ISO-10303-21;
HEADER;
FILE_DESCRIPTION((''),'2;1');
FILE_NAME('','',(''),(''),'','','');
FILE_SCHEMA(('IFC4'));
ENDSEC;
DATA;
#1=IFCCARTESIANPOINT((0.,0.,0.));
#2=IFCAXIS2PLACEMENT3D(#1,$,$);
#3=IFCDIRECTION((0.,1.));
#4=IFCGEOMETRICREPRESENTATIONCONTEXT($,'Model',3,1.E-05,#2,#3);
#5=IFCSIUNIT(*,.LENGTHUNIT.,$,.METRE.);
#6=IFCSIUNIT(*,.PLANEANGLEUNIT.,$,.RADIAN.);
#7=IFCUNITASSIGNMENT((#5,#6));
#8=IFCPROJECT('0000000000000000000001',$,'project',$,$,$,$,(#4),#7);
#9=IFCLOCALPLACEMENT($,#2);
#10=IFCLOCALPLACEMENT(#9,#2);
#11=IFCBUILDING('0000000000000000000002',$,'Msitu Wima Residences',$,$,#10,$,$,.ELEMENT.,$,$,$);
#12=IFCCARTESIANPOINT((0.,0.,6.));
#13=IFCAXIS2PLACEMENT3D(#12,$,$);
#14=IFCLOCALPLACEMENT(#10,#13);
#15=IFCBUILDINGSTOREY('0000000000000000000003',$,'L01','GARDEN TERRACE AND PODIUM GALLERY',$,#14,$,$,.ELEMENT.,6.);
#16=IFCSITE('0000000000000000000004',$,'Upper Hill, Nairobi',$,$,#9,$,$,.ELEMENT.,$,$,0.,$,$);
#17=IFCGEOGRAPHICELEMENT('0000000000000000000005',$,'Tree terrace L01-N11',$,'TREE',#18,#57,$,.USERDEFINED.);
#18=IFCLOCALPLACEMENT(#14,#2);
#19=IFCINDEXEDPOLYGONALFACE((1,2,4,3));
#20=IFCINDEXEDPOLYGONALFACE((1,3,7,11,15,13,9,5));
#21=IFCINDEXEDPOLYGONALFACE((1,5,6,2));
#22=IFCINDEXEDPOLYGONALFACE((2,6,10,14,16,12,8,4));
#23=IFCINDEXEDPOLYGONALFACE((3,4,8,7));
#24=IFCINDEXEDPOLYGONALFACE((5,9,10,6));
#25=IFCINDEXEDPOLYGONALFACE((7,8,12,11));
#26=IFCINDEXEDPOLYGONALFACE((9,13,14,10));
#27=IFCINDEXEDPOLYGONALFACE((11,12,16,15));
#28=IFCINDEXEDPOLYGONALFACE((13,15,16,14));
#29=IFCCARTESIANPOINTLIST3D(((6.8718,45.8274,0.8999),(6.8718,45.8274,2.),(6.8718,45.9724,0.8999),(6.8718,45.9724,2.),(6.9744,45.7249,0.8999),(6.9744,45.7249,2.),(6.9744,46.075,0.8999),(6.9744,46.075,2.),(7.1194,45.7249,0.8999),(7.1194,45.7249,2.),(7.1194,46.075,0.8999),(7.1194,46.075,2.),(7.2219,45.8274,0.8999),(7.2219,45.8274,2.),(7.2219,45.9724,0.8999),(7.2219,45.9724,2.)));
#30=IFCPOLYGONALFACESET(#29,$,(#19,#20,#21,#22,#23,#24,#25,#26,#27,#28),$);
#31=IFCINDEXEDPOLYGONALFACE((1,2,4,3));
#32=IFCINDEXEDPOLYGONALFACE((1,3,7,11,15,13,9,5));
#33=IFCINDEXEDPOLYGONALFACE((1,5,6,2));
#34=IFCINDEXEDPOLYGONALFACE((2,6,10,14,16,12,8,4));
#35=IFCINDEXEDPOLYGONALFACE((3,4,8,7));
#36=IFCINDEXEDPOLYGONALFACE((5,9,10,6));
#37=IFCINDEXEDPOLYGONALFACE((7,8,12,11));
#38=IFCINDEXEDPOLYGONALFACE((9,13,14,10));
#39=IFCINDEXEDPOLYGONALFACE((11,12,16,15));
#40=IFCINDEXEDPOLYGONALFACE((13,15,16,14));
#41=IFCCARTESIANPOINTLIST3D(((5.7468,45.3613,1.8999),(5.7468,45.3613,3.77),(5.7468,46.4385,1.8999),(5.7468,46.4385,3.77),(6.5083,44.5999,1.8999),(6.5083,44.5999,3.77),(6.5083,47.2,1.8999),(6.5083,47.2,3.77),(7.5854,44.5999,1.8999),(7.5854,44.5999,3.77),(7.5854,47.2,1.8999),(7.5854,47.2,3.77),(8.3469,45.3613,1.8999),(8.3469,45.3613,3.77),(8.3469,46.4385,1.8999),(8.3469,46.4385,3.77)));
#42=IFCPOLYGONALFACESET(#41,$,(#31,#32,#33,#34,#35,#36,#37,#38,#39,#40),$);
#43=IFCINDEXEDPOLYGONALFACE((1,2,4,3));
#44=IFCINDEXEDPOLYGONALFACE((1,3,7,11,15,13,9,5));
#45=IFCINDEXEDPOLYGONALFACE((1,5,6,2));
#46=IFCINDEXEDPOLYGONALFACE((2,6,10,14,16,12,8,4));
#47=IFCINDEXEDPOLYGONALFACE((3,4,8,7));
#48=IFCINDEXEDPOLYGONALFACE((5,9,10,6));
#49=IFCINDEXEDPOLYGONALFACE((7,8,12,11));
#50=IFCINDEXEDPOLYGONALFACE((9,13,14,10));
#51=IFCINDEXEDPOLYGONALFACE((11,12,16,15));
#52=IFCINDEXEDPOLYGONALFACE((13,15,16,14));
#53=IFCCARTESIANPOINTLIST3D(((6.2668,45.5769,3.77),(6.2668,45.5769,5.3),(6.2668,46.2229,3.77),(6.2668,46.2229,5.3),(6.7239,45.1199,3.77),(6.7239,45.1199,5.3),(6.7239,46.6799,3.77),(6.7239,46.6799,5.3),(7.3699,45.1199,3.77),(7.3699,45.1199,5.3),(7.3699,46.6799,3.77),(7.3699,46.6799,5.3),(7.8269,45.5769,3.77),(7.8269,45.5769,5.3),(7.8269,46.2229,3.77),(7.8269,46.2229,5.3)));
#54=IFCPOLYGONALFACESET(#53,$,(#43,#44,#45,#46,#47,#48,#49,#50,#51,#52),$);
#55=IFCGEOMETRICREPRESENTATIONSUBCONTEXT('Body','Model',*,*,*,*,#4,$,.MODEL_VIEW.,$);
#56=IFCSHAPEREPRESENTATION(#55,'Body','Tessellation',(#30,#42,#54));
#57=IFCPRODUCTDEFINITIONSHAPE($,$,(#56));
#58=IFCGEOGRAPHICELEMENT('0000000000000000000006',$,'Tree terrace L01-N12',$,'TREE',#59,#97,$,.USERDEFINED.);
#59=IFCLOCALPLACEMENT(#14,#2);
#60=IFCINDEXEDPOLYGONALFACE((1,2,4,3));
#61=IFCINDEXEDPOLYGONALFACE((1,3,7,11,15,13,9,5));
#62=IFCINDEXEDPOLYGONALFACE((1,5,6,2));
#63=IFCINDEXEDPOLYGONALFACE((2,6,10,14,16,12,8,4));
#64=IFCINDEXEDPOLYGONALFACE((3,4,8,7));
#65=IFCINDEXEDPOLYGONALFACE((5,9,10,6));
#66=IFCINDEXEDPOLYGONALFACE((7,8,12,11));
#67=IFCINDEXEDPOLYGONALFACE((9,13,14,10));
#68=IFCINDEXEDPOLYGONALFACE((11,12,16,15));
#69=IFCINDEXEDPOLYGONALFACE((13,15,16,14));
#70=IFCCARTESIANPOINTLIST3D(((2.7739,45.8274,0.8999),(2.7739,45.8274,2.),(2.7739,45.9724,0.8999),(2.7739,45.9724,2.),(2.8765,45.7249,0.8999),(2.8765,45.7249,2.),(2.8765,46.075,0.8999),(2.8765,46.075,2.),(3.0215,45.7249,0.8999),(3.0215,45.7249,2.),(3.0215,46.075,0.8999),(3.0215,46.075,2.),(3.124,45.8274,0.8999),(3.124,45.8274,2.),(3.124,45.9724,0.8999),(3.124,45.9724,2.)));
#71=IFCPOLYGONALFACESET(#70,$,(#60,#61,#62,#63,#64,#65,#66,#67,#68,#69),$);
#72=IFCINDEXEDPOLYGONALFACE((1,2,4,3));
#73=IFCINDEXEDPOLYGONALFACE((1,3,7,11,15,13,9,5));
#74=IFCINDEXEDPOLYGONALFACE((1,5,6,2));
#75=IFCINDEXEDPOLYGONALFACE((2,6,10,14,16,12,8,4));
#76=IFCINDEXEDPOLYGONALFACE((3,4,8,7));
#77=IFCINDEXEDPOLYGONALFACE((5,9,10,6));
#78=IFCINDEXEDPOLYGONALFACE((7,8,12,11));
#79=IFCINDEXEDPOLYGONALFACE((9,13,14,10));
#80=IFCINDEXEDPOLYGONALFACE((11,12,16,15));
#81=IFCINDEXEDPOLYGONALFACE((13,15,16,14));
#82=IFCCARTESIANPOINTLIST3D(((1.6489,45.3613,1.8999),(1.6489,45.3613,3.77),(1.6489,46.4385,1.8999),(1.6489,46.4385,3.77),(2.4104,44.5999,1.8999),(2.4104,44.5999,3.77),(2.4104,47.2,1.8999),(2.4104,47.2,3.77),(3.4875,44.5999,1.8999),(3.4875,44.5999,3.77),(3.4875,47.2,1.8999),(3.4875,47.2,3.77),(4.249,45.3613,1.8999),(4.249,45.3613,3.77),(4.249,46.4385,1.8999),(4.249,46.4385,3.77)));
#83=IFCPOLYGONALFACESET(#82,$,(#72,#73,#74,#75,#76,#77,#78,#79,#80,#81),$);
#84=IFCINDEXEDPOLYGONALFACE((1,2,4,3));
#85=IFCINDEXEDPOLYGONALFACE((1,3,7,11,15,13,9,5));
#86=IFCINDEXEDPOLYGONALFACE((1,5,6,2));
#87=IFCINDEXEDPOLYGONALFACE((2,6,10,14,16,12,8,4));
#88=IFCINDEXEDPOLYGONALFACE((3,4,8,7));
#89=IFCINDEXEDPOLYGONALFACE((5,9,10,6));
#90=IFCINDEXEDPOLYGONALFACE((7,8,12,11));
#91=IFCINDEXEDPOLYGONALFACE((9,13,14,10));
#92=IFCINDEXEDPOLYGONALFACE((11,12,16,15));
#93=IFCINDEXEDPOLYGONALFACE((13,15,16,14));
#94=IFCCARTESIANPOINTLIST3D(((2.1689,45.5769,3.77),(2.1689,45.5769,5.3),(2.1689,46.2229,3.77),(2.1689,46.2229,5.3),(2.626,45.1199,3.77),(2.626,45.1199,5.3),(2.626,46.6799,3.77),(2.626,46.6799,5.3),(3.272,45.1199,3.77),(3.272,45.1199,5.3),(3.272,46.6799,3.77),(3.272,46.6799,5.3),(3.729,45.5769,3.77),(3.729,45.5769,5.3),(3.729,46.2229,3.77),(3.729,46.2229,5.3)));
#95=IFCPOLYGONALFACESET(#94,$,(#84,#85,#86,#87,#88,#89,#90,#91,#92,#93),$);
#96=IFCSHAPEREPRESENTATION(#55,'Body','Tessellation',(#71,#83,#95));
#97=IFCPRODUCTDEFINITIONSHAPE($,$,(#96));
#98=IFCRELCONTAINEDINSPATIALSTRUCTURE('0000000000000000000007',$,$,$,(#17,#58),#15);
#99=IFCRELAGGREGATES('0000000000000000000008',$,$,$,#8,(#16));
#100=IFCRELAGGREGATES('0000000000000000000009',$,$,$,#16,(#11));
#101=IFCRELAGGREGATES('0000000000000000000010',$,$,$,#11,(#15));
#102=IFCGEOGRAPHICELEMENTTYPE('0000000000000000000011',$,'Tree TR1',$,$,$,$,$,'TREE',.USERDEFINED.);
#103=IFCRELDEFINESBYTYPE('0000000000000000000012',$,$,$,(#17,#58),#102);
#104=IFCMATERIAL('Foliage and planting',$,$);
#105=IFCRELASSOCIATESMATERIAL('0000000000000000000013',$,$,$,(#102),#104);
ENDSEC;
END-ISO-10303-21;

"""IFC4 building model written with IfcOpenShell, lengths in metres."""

from ifc_helpers import new_model, si_unit, direction, frame, origin, place, context, subcontext, project, spatial, polyline, outline, extrude, material, type_object, element, save


model = new_model("IFC4")

# Units and contexts
model_context = context("Model", 3, precision=1e-05, world=origin(), true_north=direction((0.0, 1.0)))
body_context = subcontext(model_context, "Body", "Model", "MODEL_VIEW")
ifc_project = project(units=[si_unit("LENGTHUNIT", "METRE"), si_unit("PLANEANGLEUNIT", "RADIAN")], contexts=[model_context])

# Site, building, storey
site_placement = place(None, origin())
site = spatial("IfcSite", under=ifc_project, at=site_placement, Name="Upper Hill, Nairobi", CompositionType="ELEMENT", RefElevation=0.0)
building_placement = place(site_placement, origin())
building = spatial("IfcBuilding", under=site, at=building_placement, Name="Msitu Wima Residences", CompositionType="ELEMENT")
storey_placement = place(building_placement, frame((0.0, 0.0, 6.0)))
storey = spatial("IfcBuildingStorey", under=building, at=storey_placement, Name="L01", Description="GARDEN TERRACE AND PODIUM GALLERY", CompositionType="ELEMENT", Elevation=6.0)

# Geographic elements
ifc_material_1 = material(Name="Foliage and planting")
geographic_element_type = type_object("IfcGeographicElementType", Name="Tree TR1", ElementType="TREE", PredefinedType="USERDEFINED", material=ifc_material_1)
for number, where, z_axis, x_axis, name in (
    (1, (7.0469, 45.8999, 0.8999), (0.0, 0.0, 1.0), (1.0, 0.0, 0.0), "Tree terrace L01-N11"),
    (2, (2.949, 45.8999, 0.8999), (0.0, 0.0, 1.0), (1.0, 0.0, 0.0), "Tree terrace L01-N12"),
):
    element("IfcGeographicElement", number, at=place(storey_placement, frame(where, z_axis=z_axis, x_axis=x_axis)), inside=storey, type_object=geographic_element_type, Name=name, ObjectType="TREE", PredefinedType="USERDEFINED", context=body_context, shape_type="SweptSolid", body=[
        extrude(outline(polyline([(0.175, 0.0725), (0.0725, 0.175), (-0.0725, 0.175), (-0.175, 0.0725), (-0.175, -0.0725), (-0.0725, -0.175), (0.0725, -0.175), (0.175, -0.0725), (0.175, 0.0725)])), origin(), (0.0, 0.0, 1.0), 1.1001),
        extrude(outline(polyline([(1.3, 0.5386), (0.5386, 1.3), (-0.5386, 1.3), (-1.3, 0.5386), (-1.3, -0.5386), (-0.5386, -1.3), (0.5386, -1.3), (1.3, -0.5386), (1.3, 0.5386)])), frame((0.0, 0.0, 1.0)), (0.0, 0.0, 1.0), 1.8701),
        extrude(outline(polyline([(0.78, 0.323), (0.323, 0.78), (-0.323, 0.78), (-0.78, 0.323), (-0.78, -0.323), (-0.323, -0.78), (0.323, -0.78), (0.78, -0.323), (0.78, 0.323)])), frame((0.0, 0.0, 2.8701)), (0.0, 0.0, 1.0), 1.53),
    ])

save(model, "model.ifc")
